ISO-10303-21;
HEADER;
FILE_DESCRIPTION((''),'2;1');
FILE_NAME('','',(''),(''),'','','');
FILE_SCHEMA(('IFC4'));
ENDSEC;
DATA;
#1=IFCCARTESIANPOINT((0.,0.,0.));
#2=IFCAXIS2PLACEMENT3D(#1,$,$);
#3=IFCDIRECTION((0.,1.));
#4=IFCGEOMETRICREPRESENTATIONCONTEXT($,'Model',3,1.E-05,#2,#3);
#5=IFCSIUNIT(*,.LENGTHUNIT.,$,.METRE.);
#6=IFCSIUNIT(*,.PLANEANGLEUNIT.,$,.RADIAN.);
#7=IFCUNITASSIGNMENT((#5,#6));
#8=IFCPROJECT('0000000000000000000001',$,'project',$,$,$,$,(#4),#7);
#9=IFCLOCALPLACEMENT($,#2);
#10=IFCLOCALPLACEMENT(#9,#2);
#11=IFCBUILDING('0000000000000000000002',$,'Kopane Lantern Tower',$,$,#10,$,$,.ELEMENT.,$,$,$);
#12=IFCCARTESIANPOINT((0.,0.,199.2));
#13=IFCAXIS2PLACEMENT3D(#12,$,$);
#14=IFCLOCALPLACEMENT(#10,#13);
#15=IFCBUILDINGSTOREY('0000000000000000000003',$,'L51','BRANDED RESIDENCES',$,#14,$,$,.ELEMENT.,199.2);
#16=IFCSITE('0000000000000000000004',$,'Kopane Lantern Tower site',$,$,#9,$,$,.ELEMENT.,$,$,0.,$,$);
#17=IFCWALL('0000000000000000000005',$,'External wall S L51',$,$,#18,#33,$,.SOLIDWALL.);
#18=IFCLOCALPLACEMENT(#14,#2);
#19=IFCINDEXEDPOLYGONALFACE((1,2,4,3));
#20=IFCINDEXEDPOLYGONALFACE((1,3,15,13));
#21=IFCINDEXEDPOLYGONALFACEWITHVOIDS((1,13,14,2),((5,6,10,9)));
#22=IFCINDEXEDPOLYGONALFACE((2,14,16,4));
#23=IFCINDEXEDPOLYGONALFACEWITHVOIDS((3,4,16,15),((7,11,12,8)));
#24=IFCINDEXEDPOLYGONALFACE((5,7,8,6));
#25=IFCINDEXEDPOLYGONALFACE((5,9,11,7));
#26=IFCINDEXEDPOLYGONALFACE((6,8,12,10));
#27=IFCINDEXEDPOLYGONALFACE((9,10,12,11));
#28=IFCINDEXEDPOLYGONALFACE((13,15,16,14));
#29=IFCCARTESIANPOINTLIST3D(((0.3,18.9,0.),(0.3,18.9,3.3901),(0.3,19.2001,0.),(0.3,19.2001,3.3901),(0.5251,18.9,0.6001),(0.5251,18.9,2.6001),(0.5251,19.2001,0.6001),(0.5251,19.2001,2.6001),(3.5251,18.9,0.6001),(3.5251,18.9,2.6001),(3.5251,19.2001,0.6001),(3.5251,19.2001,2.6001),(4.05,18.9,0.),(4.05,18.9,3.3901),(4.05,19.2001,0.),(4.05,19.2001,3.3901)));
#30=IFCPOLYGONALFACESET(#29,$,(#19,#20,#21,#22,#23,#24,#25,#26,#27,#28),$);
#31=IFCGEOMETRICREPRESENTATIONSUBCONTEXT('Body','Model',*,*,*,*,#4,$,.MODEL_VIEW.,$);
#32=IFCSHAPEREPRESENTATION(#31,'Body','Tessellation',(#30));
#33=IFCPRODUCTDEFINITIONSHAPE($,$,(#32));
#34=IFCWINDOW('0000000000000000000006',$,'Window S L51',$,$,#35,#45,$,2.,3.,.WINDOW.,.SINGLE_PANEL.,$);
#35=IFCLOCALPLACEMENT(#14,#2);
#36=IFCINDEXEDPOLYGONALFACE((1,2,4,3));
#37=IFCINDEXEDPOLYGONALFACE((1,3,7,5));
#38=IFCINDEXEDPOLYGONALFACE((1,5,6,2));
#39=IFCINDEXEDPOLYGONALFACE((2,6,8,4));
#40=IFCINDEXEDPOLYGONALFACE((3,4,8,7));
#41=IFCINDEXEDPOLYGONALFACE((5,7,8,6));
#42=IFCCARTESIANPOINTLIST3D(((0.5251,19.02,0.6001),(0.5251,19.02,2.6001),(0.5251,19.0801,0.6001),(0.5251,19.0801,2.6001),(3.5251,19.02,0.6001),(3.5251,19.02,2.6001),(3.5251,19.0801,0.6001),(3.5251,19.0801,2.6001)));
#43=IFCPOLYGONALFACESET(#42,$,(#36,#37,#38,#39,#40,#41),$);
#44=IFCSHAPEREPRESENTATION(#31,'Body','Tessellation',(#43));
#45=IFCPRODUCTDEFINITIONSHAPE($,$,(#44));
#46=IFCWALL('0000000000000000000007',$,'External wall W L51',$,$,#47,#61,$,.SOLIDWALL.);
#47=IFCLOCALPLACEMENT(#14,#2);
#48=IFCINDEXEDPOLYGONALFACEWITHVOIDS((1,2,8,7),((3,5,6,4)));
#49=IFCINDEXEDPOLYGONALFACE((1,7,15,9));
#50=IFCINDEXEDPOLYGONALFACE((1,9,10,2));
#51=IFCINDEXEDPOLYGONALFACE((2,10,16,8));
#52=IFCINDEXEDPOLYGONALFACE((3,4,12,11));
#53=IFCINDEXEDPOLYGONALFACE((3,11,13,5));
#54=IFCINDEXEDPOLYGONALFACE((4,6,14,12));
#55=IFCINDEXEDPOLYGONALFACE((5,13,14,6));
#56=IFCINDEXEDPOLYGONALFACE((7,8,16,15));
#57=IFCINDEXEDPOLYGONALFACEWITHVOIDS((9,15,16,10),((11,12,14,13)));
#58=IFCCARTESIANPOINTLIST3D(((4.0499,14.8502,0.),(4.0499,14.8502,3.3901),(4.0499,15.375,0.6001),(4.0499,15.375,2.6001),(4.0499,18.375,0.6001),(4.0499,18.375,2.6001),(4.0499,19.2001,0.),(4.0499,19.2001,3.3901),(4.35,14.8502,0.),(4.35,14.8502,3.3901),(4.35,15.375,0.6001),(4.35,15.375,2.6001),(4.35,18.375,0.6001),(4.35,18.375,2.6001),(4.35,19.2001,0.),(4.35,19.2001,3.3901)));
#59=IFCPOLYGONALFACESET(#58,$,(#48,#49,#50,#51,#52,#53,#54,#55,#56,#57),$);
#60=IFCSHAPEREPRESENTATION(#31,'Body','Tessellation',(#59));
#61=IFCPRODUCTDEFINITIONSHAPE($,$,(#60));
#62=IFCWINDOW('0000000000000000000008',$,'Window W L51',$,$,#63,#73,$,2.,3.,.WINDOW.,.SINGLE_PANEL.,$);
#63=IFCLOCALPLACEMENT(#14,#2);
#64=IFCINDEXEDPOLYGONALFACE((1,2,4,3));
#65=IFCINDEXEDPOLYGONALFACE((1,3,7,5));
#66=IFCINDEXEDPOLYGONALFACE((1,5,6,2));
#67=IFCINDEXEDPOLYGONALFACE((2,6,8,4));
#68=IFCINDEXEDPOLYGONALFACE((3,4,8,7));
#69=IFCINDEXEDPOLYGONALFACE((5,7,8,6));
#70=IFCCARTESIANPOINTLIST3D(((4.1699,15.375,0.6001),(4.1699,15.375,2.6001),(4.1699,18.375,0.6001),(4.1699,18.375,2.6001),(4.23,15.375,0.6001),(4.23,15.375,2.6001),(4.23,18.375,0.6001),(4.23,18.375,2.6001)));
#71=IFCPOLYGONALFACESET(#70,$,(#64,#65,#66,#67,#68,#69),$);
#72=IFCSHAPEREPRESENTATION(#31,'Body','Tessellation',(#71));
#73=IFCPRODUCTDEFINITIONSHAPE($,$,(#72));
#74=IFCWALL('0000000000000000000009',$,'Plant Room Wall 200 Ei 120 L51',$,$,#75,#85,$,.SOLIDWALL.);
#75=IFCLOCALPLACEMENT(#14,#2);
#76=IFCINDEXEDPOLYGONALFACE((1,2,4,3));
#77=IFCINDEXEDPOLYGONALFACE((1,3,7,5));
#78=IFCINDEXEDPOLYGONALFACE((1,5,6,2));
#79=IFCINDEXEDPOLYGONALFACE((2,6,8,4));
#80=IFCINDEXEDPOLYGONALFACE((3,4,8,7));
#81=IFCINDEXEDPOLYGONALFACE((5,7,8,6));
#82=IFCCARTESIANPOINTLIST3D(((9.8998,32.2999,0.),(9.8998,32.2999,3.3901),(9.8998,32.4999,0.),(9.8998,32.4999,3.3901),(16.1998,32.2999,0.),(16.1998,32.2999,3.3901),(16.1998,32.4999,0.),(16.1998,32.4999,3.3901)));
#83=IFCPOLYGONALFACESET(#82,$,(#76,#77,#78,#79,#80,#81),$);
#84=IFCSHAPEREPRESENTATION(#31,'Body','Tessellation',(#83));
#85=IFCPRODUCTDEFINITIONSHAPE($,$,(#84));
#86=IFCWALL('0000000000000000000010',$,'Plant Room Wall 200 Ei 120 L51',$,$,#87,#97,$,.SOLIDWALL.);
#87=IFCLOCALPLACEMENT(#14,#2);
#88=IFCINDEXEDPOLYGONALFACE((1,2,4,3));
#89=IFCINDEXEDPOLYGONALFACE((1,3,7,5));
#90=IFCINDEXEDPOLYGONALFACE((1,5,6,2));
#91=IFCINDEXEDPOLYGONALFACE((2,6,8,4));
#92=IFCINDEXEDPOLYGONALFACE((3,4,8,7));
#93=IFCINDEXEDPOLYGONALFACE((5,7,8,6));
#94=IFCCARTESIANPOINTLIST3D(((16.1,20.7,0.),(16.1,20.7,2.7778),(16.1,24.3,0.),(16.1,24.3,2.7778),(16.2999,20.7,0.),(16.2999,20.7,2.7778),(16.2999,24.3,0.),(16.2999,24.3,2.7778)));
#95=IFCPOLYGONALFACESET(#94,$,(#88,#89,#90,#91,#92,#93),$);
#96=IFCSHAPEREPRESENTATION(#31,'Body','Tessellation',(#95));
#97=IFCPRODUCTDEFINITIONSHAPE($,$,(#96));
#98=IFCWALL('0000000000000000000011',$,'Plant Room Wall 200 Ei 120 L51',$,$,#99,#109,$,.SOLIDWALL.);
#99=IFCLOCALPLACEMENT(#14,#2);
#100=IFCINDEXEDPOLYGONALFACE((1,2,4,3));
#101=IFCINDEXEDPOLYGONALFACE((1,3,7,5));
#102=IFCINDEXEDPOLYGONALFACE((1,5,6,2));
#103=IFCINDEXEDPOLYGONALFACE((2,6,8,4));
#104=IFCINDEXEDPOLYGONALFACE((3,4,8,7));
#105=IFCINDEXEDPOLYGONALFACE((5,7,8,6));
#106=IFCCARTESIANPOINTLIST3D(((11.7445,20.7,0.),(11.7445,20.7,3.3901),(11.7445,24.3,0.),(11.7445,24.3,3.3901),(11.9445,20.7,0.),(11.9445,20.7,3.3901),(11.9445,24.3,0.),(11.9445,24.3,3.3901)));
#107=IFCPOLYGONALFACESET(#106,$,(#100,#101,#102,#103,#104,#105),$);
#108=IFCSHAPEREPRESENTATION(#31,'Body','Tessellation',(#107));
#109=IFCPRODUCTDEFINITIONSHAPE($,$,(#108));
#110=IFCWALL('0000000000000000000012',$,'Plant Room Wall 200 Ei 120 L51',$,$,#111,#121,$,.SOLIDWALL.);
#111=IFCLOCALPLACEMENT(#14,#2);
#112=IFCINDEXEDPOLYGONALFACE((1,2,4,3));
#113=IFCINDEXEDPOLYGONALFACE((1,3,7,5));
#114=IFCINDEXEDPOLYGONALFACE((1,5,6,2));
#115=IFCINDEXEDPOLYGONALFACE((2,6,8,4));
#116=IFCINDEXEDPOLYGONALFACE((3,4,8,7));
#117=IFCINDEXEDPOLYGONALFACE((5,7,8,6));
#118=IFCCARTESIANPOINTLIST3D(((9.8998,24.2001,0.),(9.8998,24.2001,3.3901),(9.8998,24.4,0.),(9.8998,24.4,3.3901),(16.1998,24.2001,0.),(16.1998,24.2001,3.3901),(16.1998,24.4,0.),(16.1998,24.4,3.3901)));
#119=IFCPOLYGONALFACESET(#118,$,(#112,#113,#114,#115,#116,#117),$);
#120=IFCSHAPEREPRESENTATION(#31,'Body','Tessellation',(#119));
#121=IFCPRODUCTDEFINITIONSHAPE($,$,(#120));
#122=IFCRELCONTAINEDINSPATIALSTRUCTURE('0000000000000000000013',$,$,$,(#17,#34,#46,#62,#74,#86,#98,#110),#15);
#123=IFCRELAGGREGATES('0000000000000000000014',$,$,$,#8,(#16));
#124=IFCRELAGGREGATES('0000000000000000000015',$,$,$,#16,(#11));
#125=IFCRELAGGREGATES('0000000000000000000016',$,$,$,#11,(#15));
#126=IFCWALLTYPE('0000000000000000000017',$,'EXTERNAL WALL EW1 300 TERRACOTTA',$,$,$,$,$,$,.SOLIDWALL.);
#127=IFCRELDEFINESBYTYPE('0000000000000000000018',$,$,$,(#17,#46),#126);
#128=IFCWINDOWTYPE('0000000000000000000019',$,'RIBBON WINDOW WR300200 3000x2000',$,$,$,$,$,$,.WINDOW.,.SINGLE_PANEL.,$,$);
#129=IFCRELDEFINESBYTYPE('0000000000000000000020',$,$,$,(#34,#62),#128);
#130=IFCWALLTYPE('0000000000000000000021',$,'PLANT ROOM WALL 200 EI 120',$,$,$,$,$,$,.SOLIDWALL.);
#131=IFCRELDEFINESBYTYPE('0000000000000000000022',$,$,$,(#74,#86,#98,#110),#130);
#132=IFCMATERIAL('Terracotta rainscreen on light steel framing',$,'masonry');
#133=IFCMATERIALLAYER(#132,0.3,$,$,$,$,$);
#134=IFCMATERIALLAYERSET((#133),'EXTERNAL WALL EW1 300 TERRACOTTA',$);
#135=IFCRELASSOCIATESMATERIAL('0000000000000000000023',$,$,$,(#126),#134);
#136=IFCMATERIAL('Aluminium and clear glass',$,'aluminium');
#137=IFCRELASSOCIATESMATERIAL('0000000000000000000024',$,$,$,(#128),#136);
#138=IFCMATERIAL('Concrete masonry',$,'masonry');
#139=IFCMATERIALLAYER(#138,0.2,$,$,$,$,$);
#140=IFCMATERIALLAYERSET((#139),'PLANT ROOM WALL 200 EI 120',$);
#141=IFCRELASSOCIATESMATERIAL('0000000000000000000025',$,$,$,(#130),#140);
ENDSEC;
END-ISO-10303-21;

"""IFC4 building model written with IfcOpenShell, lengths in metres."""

from ifc_helpers import new_model, si_unit, direction, frame, frame_2d, origin, place, context, subcontext, project, spatial, rectangle, extrude, material, layer, layer_set, type_object, element, fill, save


model = new_model("IFC4")

# Units and contexts
model_context = context("Model", 3, precision=1e-05, world=origin(), true_north=direction((0.0, 1.0)))
body_context = subcontext(model_context, "Body", "Model", "MODEL_VIEW")
ifc_project = project(units=[si_unit("LENGTHUNIT", "METRE"), si_unit("PLANEANGLEUNIT", "RADIAN")], contexts=[model_context])

# Site, building, storey
site_placement = place(None, origin())
site = spatial("IfcSite", under=ifc_project, at=site_placement, Name="Kopane Lantern Tower site", CompositionType="ELEMENT", RefElevation=0.0)
building_placement = place(site_placement, origin())
building = spatial("IfcBuilding", under=site, at=building_placement, Name="Kopane Lantern Tower", CompositionType="ELEMENT")
storey_placement = place(building_placement, frame((0.0, 0.0, 199.2)))
storey = spatial("IfcBuildingStorey", under=building, at=storey_placement, Name="L51", Description="BRANDED RESIDENCES", CompositionType="ELEMENT", Elevation=199.2)

# Walls, openings, windows
ifc_material_1 = material(Name="Terracotta rainscreen on light steel framing", Category="masonry")
ifc_layer_1 = layer(ifc_material_1, 0.3)
ifc_layer_set_1 = layer_set([ifc_layer_1], Name="EXTERNAL WALL EW1 300 TERRACOTTA")
wall_type_1 = type_object("IfcWallType", Name="EXTERNAL WALL EW1 300 TERRACOTTA", PredefinedType="SOLIDWALL", material=ifc_layer_set_1)
wall_1_placement = place(storey_placement, frame((0.3, 19.05, 0.0), z_axis=(0.0, 0.0, 1.0), x_axis=(1.0, 0.0, 0.0)))
wall_1 = element("IfcWall", 1, at=wall_1_placement, inside=storey, type_object=wall_type_1, Name="External wall S L51", PredefinedType="SOLIDWALL", context=body_context, shape_type="SweptSolid", body=[
    extrude(rectangle(XDim=3.75, YDim=0.3, at=frame_2d((1.875, 0.0))), origin(), (0.0, 0.0, 1.0), 3.3901),
])
opening_1_placement = place(wall_1_placement, frame((0.2251, 0.0, 0.6001)))
opening_1 = element("IfcOpeningElement", 2, at=opening_1_placement, cuts=wall_1, PredefinedType="OPENING", context=body_context, shape_type="SweptSolid", body=[
    extrude(rectangle(XDim=3.0, YDim=2.0, at=frame_2d((1.5, 1.0))), frame((0.0, 0.1599, 0.0), z_axis=(0.0, -1.0, 0.0), x_axis=(1.0, 0.0, 0.0)), (0.0, 0.0, 1.0), 0.3201),
])
ifc_material_2 = material(Name="Aluminium and clear glass", Category="aluminium")
window_type = type_object("IfcWindowType", Name="RIBBON WINDOW WR300200 3000x2000", PartitioningType="SINGLE_PANEL", PredefinedType="WINDOW", material=ifc_material_2)
window_1_placement = place(opening_1_placement, origin())
window_1 = element("IfcWindow", 3, at=window_1_placement, inside=storey, type_object=window_type, Name="Window S L51", OverallHeight=2.0, OverallWidth=3.0, PartitioningType="SINGLE_PANEL", PredefinedType="WINDOW", context=body_context, shape_type="SweptSolid", body=[
    extrude(rectangle(XDim=3.0, YDim=2.0, at=frame_2d((1.5, 1.0))), frame((0.0, 0.03, 0.0), z_axis=(0.0, -1.0, 0.0), x_axis=(1.0, 0.0, 0.0)), (0.0, 0.0, 1.0), 0.0601),
])
fill(opening_1, window_1)
wall_2_placement = place(storey_placement, frame((4.2, 19.2, 0.0), z_axis=(0.0, 0.0, 1.0), x_axis=(0.0, -1.0, 0.0)))
wall_2 = element("IfcWall", 4, at=wall_2_placement, inside=storey, type_object=wall_type_1, Name="External wall W L51", PredefinedType="SOLIDWALL", context=body_context, shape_type="SweptSolid", body=[
    extrude(rectangle(XDim=4.3499, YDim=0.3, at=frame_2d((2.1748, 0.0))), origin(), (0.0, 0.0, 1.0), 3.3901),
])
opening_2_placement = place(wall_2_placement, frame((0.825, 0.0, 0.6001)))
opening_2 = element("IfcOpeningElement", 5, at=opening_2_placement, cuts=wall_2, PredefinedType="OPENING", context=body_context, shape_type="SweptSolid", body=[
    extrude(rectangle(XDim=3.0, YDim=2.0, at=frame_2d((1.5, 1.0))), frame((0.0, 0.1599, 0.0), z_axis=(0.0, -1.0, 0.0), x_axis=(1.0, 0.0, 0.0)), (0.0, 0.0, 1.0), 0.3201),
])
window_2_placement = place(opening_2_placement, origin())
window_2 = element("IfcWindow", 6, at=window_2_placement, inside=storey, type_object=window_type, Name="Window W L51", OverallHeight=2.0, OverallWidth=3.0, PartitioningType="SINGLE_PANEL", PredefinedType="WINDOW", context=body_context, shape_type="SweptSolid", body=[
    extrude(rectangle(XDim=3.0, YDim=2.0, at=frame_2d((1.5, 1.0))), frame((0.0, 0.03, 0.0), z_axis=(0.0, -1.0, 0.0), x_axis=(1.0, 0.0, 0.0)), (0.0, 0.0, 1.0), 0.0601),
])
fill(opening_2, window_2)

# Walls
ifc_material_3 = material(Name="Concrete masonry", Category="masonry")
ifc_layer_2 = layer(ifc_material_3, 0.2)
ifc_layer_set_2 = layer_set([ifc_layer_2], Name="PLANT ROOM WALL 200 EI 120")
wall_type_2 = type_object("IfcWallType", Name="PLANT ROOM WALL 200 EI 120", PredefinedType="SOLIDWALL", material=ifc_layer_set_2)
wall_3_placement = place(storey_placement, frame((9.8999, 32.3999, 0.0), z_axis=(0.0, 0.0, 1.0), x_axis=(1.0, 0.0, 0.0)))
element("IfcWall", 7, at=wall_3_placement, inside=storey, type_object=wall_type_2, Name="Plant Room Wall 200 Ei 120 L51", PredefinedType="SOLIDWALL", context=body_context, shape_type="SweptSolid", body=[
    extrude(rectangle(XDim=6.3, YDim=0.2, at=frame_2d((3.1499, 0.0))), origin(), (0.0, 0.0, 1.0), 3.3901),
])
wall_4_placement = place(storey_placement, frame((16.2, 20.7, 0.0), z_axis=(0.0, 0.0, 1.0), x_axis=(0.0, 1.0, 0.0)))
element("IfcWall", 8, at=wall_4_placement, inside=storey, type_object=wall_type_2, Name="Plant Room Wall 200 Ei 120 L51", PredefinedType="SOLIDWALL", context=body_context, shape_type="SweptSolid", body=[
    extrude(rectangle(XDim=3.6001, YDim=0.2, at=frame_2d((1.8, 0.0))), origin(), (0.0, 0.0, 1.0), 2.7778),
])
wall_5_placement = place(storey_placement, frame((11.8445, 20.7, 0.0), z_axis=(0.0, 0.0, 1.0), x_axis=(0.0, 1.0, 0.0)))
element("IfcWall", 9, at=wall_5_placement, inside=storey, type_object=wall_type_2, Name="Plant Room Wall 200 Ei 120 L51", PredefinedType="SOLIDWALL", context=body_context, shape_type="SweptSolid", body=[
    extrude(rectangle(XDim=3.6001, YDim=0.2, at=frame_2d((1.8, 0.0))), origin(), (0.0, 0.0, 1.0), 3.3901),
])
wall_6_placement = place(storey_placement, frame((9.8999, 24.3, 0.0), z_axis=(0.0, 0.0, 1.0), x_axis=(1.0, 0.0, 0.0)))
element("IfcWall", 10, at=wall_6_placement, inside=storey, type_object=wall_type_2, Name="Plant Room Wall 200 Ei 120 L51", PredefinedType="SOLIDWALL", context=body_context, shape_type="SweptSolid", body=[
    extrude(rectangle(XDim=6.3, YDim=0.2, at=frame_2d((3.1499, 0.0))), origin(), (0.0, 0.0, 1.0), 3.3901),
])

save(model, "model.ifc")
